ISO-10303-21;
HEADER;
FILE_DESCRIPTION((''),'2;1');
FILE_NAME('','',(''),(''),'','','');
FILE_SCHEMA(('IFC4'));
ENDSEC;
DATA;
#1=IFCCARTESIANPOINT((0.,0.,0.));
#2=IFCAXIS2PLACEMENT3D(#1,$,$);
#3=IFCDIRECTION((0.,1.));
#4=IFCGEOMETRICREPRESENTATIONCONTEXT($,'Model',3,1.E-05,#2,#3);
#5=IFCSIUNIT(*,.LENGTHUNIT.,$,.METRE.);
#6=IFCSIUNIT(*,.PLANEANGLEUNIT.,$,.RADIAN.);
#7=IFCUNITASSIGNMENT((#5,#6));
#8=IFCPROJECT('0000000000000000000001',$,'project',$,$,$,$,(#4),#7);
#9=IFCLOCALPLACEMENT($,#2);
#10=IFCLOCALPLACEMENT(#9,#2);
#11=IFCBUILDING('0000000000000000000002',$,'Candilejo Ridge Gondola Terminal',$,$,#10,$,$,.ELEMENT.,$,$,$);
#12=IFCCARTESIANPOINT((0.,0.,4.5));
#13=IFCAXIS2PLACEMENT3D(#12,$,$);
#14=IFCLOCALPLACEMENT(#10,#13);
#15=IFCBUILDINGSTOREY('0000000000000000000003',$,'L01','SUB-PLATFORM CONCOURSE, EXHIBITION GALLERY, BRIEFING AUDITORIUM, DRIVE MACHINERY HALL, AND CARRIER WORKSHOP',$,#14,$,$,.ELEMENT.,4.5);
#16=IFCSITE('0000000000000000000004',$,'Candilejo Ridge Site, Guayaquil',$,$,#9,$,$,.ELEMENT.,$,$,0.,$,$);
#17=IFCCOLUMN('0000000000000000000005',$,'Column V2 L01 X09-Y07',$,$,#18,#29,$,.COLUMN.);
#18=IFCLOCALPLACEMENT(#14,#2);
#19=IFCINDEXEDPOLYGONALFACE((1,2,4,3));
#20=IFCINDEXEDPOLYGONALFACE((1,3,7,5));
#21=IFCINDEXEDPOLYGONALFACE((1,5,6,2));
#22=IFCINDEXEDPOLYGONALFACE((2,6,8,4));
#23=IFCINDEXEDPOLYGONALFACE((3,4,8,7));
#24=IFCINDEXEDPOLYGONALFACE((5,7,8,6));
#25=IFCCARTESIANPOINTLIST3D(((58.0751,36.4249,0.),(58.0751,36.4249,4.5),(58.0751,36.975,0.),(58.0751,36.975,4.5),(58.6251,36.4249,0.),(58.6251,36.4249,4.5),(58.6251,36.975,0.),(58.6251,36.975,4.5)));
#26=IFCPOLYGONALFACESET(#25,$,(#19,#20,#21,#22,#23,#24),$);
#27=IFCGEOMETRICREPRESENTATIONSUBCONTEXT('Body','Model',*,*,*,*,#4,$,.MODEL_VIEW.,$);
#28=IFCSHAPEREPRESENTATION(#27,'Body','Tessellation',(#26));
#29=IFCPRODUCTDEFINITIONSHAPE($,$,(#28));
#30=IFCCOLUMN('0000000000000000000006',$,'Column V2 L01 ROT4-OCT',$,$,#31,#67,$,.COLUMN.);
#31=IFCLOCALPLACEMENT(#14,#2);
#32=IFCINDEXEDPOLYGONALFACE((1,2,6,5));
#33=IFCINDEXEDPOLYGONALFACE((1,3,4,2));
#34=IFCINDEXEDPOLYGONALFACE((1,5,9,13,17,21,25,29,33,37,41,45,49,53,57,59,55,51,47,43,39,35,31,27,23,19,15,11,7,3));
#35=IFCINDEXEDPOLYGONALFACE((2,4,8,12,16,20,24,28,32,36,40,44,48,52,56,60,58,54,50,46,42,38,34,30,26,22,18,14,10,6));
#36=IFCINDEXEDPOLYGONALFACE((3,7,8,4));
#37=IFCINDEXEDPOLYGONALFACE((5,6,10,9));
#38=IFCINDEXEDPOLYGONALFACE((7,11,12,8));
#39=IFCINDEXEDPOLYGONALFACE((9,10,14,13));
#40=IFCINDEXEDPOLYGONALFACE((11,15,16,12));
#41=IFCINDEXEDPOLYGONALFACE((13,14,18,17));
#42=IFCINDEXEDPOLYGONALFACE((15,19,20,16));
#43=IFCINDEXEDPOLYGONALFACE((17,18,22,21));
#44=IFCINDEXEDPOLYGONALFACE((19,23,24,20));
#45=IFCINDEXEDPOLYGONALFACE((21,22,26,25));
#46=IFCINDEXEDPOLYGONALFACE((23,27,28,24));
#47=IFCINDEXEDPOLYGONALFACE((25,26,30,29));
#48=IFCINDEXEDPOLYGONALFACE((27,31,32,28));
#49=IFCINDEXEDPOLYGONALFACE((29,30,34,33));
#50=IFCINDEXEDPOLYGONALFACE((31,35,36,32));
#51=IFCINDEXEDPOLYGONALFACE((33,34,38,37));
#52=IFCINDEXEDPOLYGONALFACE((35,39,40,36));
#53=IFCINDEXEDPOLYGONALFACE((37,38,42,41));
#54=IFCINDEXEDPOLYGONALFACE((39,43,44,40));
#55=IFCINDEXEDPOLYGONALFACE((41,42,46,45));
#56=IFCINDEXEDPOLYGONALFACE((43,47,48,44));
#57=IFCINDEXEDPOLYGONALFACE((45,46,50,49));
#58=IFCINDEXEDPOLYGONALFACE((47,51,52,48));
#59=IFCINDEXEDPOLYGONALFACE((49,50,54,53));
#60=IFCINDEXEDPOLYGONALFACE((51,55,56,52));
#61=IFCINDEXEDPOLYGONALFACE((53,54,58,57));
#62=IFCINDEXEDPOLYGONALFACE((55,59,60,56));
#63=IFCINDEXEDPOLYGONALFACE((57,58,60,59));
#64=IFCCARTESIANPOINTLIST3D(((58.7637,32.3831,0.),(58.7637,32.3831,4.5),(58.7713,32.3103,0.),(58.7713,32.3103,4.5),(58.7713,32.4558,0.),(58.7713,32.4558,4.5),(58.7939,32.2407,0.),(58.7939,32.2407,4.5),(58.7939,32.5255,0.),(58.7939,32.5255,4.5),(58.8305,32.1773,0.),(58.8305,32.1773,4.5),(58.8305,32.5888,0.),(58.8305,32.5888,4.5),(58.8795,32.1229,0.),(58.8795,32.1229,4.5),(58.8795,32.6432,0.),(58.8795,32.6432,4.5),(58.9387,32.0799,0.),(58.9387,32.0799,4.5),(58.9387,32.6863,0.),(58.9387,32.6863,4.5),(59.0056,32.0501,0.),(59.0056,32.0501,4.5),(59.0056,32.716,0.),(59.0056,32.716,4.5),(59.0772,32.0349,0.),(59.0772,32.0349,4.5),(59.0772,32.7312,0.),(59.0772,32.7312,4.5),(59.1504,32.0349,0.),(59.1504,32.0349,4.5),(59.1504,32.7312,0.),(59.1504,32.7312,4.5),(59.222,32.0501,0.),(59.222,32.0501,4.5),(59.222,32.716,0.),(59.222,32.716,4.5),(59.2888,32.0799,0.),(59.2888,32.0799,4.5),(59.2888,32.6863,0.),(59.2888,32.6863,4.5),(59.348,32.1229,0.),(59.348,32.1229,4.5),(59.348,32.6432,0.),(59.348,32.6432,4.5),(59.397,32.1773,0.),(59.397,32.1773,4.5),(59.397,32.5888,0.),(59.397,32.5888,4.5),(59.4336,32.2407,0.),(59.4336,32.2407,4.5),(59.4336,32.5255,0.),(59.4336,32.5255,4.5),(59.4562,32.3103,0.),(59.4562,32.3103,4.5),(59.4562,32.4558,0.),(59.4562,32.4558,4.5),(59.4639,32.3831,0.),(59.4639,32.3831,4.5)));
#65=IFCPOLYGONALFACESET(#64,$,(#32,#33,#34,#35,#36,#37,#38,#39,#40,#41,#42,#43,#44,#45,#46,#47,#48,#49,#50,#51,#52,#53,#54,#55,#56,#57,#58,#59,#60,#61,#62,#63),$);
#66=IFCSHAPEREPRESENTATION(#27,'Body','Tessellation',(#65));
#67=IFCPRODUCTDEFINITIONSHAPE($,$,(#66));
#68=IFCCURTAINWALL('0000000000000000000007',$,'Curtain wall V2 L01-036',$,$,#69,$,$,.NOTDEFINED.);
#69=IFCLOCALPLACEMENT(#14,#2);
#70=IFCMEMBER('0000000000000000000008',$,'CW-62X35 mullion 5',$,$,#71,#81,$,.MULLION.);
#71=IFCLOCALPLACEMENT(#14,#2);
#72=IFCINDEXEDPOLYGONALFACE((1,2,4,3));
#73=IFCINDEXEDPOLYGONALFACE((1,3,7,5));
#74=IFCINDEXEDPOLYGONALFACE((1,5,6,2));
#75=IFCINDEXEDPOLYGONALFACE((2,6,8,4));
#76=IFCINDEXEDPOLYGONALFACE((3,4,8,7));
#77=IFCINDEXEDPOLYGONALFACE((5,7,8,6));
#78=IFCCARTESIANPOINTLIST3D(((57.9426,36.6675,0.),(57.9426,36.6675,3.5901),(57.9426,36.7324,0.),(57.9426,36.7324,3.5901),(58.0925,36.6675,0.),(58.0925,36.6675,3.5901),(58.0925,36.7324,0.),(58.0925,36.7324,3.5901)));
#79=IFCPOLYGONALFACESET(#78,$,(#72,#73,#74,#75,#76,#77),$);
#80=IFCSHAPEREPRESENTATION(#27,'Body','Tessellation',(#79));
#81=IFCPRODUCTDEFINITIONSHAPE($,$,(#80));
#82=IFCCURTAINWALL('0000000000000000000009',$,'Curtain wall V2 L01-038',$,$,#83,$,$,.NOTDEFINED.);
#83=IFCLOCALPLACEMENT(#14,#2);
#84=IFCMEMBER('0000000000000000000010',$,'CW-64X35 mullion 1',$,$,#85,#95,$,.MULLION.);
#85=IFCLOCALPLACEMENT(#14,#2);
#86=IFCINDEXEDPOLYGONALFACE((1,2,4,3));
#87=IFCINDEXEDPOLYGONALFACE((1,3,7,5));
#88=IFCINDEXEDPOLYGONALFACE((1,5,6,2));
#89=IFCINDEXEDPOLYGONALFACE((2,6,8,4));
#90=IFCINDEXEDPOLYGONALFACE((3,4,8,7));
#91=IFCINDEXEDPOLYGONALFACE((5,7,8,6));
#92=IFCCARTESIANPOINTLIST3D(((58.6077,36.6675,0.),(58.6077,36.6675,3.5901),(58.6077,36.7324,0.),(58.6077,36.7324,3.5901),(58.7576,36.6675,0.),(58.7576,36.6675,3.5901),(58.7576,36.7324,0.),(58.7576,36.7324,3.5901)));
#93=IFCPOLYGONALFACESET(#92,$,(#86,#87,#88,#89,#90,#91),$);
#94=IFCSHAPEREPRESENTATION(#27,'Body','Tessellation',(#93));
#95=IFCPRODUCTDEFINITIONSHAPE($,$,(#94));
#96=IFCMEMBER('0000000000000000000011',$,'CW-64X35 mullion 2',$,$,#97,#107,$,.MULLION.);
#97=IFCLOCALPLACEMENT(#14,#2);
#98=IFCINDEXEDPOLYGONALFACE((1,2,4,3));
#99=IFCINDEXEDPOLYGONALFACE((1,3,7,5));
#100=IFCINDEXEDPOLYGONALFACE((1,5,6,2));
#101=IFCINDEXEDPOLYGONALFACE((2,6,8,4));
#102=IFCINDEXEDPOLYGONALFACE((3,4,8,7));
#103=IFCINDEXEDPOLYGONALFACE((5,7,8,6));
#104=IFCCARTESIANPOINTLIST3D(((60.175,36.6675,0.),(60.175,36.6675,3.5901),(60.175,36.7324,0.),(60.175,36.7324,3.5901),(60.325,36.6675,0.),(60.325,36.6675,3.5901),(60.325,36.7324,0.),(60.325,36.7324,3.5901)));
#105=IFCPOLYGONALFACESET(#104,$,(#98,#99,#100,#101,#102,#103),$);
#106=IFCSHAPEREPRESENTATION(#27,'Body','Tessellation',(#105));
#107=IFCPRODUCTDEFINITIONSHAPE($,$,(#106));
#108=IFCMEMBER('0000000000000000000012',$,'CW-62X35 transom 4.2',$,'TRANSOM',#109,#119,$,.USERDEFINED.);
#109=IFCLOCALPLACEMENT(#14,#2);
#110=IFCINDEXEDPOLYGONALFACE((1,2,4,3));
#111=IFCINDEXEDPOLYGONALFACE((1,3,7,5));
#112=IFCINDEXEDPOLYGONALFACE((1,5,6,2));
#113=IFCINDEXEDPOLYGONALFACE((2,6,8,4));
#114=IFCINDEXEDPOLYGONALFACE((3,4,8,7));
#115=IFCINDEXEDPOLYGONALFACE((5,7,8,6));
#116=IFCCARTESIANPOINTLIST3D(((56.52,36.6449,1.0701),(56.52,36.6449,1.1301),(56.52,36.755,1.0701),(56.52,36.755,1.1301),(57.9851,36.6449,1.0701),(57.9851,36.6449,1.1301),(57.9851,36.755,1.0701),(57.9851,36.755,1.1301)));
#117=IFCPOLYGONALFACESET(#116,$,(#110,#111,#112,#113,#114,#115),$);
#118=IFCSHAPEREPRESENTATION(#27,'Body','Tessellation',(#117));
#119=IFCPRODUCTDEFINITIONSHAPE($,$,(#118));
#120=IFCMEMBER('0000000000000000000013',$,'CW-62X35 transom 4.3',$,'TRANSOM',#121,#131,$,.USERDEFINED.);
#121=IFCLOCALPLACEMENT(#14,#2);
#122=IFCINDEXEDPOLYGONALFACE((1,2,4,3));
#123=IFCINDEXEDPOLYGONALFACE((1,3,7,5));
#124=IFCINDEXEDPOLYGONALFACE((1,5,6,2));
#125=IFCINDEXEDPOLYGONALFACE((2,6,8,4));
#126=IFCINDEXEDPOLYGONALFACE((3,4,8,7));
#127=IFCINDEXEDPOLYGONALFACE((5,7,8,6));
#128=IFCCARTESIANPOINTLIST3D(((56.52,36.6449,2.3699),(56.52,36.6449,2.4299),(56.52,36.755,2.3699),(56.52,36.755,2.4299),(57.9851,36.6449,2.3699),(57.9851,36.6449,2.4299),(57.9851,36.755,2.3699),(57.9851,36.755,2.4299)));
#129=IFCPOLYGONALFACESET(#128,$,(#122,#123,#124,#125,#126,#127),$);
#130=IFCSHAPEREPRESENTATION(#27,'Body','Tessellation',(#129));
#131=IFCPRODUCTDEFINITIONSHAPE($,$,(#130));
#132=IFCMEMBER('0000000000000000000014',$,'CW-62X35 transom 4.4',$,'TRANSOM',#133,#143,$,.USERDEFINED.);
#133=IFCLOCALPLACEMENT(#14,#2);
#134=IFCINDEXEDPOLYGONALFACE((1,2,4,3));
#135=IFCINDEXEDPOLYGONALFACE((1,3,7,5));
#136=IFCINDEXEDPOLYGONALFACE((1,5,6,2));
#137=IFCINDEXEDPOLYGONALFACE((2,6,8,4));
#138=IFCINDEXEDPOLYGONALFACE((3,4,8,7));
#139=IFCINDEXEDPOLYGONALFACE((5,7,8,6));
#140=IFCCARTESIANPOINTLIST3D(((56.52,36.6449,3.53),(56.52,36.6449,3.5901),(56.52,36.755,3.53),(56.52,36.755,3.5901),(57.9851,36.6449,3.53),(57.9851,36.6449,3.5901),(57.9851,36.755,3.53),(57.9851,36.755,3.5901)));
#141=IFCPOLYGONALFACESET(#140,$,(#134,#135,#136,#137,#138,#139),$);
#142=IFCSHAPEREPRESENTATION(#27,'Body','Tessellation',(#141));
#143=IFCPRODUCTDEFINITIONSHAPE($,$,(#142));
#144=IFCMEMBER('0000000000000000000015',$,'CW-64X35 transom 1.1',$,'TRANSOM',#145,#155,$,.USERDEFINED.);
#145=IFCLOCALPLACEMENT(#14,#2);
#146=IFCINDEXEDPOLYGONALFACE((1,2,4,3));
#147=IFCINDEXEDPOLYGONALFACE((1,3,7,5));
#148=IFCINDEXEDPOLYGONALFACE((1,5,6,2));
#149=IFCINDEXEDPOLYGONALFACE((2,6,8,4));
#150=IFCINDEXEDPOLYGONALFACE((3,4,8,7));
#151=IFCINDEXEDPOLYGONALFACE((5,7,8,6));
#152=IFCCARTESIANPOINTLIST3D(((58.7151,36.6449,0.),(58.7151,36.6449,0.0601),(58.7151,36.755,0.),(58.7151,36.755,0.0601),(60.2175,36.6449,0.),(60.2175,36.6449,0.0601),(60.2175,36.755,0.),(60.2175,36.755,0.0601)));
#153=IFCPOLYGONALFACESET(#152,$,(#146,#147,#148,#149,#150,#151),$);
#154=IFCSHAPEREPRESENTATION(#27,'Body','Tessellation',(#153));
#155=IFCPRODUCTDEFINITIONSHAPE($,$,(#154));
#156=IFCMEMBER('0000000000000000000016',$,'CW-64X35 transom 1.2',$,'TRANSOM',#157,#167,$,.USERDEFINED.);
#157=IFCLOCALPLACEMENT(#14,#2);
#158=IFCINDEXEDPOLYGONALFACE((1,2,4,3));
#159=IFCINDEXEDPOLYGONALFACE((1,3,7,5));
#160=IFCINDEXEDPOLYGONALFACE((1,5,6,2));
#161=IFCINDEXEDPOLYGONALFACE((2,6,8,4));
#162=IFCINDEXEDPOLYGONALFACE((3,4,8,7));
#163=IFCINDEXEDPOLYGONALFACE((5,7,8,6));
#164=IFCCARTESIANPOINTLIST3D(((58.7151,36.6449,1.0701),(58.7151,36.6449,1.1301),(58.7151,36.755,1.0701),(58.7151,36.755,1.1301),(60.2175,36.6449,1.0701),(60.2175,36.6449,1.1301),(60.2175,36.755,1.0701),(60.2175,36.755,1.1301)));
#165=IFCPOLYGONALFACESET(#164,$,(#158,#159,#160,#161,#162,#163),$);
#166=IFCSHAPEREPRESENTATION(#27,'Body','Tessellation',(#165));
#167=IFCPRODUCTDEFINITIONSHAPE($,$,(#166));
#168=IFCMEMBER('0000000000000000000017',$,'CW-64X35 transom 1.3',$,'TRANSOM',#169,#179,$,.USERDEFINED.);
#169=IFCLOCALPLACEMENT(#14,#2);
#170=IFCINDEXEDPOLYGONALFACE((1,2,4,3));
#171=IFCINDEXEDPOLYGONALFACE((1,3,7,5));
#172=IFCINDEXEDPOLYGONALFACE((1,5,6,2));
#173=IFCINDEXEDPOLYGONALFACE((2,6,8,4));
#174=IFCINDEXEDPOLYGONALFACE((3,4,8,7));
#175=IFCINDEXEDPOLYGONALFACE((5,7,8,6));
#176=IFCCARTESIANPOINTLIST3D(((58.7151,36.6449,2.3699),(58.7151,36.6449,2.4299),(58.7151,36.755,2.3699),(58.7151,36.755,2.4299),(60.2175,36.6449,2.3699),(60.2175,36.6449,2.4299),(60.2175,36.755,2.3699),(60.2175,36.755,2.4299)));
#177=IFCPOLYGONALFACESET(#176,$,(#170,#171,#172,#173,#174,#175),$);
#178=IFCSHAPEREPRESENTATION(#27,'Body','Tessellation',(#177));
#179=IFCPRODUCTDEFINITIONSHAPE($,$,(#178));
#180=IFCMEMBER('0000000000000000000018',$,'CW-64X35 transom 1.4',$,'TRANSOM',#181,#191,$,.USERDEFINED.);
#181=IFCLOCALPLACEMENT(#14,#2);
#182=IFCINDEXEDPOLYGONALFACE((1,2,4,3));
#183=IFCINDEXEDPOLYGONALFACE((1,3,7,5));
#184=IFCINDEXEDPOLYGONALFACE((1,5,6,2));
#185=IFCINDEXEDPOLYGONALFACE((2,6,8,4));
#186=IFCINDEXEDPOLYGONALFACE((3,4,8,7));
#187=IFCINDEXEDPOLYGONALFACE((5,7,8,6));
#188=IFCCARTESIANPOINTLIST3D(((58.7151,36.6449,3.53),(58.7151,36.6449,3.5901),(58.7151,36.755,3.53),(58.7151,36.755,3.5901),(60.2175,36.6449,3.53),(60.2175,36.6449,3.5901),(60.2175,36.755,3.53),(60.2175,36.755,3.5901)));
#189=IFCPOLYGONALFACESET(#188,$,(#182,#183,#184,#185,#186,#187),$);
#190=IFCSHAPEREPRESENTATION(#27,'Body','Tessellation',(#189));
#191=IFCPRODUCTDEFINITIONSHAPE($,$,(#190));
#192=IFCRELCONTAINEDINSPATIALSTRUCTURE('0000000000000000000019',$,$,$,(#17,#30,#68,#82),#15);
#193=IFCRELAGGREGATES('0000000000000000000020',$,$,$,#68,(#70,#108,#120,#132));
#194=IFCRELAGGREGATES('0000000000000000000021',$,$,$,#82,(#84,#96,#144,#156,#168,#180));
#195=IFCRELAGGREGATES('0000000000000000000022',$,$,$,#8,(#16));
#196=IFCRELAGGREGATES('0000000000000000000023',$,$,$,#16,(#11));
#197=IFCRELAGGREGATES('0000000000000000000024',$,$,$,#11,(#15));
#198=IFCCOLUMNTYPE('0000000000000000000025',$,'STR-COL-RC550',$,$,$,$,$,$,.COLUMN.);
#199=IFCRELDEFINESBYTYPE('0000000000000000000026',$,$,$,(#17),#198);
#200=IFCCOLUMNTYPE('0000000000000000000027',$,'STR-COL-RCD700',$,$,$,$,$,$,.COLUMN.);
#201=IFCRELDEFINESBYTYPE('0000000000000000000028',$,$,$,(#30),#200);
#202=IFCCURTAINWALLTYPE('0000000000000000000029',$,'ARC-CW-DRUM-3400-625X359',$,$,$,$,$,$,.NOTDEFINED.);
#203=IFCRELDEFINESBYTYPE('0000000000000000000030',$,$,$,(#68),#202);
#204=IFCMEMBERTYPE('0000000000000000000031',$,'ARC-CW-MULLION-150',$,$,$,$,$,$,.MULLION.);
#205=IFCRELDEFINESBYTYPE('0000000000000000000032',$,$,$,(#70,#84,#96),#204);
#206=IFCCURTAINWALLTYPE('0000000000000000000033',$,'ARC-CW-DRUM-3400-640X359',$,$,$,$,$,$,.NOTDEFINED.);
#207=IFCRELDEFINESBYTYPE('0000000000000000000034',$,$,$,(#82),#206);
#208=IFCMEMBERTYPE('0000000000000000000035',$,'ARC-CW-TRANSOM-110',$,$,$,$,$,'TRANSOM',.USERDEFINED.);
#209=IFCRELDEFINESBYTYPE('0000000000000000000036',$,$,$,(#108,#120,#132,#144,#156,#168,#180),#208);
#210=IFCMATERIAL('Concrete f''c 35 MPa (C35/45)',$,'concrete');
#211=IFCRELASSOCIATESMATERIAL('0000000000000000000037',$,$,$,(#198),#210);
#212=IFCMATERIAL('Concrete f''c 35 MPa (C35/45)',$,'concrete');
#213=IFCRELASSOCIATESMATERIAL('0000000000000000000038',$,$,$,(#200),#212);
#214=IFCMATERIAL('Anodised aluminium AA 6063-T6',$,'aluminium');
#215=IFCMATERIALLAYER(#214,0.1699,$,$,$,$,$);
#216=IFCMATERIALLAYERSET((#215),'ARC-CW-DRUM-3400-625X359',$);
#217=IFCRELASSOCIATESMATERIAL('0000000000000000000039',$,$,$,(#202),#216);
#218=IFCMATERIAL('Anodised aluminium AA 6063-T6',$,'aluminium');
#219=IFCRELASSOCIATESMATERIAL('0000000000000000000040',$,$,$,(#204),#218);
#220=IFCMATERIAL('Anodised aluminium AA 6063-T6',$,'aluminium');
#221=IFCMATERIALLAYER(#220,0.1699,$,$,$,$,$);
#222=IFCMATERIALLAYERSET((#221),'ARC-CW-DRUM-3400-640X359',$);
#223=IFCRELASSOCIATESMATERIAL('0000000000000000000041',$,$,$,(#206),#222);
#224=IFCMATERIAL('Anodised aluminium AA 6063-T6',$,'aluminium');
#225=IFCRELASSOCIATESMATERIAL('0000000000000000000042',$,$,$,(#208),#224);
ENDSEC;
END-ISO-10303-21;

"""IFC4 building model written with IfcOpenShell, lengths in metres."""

from ifc_helpers import new_model, si_unit, direction, frame, origin, origin_2d, place, context, subcontext, project, spatial, rectangle, circle, extrude, material, layer, layer_set, material_profile, profile_set, type_object, element, aggregate, save


model = new_model("IFC4")

# Units and contexts
model_context = context("Model", 3, precision=1e-05, world=origin(), true_north=direction((0.0, 1.0)))
body_context = subcontext(model_context, "Body", "Model", "MODEL_VIEW")
ifc_project = project(units=[si_unit("LENGTHUNIT", "METRE"), si_unit("PLANEANGLEUNIT", "RADIAN")], contexts=[model_context])

# Site, building, storey
site_placement = place(None, origin())
site = spatial("IfcSite", under=ifc_project, at=site_placement, Name="Candilejo Ridge Site, Guayaquil", CompositionType="ELEMENT", RefElevation=0.0)
building_placement = place(site_placement, origin())
building = spatial("IfcBuilding", under=site, at=building_placement, Name="Candilejo Ridge Gondola Terminal", CompositionType="ELEMENT")
storey_placement = place(building_placement, frame((0.0, 0.0, 4.5)))
storey = spatial("IfcBuildingStorey", under=building, at=storey_placement, Name="L01", Description="SUB-PLATFORM CONCOURSE, EXHIBITION GALLERY, BRIEFING AUDITORIUM, DRIVE MACHINERY HALL, AND CARRIER WORKSHOP", CompositionType="ELEMENT", Elevation=4.5)

# Columns
ifc_material_1 = material(Name="Concrete f'c 35 MPa (C35/45)", Category="concrete")
ifc_material_profile_1 = material_profile(ifc_material_1, rectangle(XDim=0.55, YDim=0.55, at=origin_2d()))
ifc_profile_set_1 = profile_set([ifc_material_profile_1], Name="Concrete f'c 35 MPa (C35/45)")
column_type_1 = type_object("IfcColumnType", Name="STR-COL-RC550", PredefinedType="COLUMN", material=ifc_profile_set_1)
column_1_placement = place(storey_placement, frame((58.3501, 36.7, 0.0), z_axis=(0.0, 0.0, 1.0), x_axis=(1.0, 0.0, 0.0)))
element("IfcColumn", 1, at=column_1_placement, inside=storey, type_object=column_type_1, Name="Column V2 L01 X09-Y07", PredefinedType="COLUMN", context=body_context, shape_type="SweptSolid", body=[
    extrude(rectangle(XDim=0.55, YDim=0.55, at=origin_2d()), origin(), (0.0, 0.0, 1.0), 4.5),
])
ifc_material_2 = material(Name="Concrete f'c 35 MPa (C35/45)", Category="concrete")
ifc_material_profile_2 = material_profile(ifc_material_2, circle(Radius=0.3501, at=origin_2d()))
ifc_profile_set_2 = profile_set([ifc_material_profile_2], Name="Concrete f'c 35 MPa (C35/45)")
column_type_2 = type_object("IfcColumnType", Name="STR-COL-RCD700", PredefinedType="COLUMN", material=ifc_profile_set_2)
column_2_placement = place(storey_placement, frame((59.1138, 32.3831, 0.0), z_axis=(0.0, 0.0, 1.0), x_axis=(1.0, 0.0, 0.0)))
element("IfcColumn", 2, at=column_2_placement, inside=storey, type_object=column_type_2, Name="Column V2 L01 ROT4-OCT", PredefinedType="COLUMN", context=body_context, shape_type="SweptSolid", body=[
    extrude(circle(Radius=0.3501, at=origin_2d()), origin(), (0.0, 0.0, 1.0), 4.5),
])

# Curtain wall, member
ifc_material_3 = material(Name="Anodised aluminium AA 6063-T6", Category="aluminium")
ifc_layer_1 = layer(ifc_material_3, 0.1699)
ifc_layer_set_1 = layer_set([ifc_layer_1], Name="ARC-CW-DRUM-3400-625X359")
curtain_wall_type_1 = type_object("IfcCurtainWallType", Name="ARC-CW-DRUM-3400-625X359", PredefinedType="NOTDEFINED", material=ifc_layer_set_1)
curtain_wall_1_placement = place(storey_placement, origin())
curtain_wall_1 = element("IfcCurtainWall", 3, at=curtain_wall_1_placement, inside=storey, type_object=curtain_wall_type_1, Name="Curtain wall V2 L01-036", PredefinedType="NOTDEFINED")
ifc_material_4 = material(Name="Anodised aluminium AA 6063-T6", Category="aluminium")
ifc_material_profile_3 = material_profile(ifc_material_4, rectangle(XDim=0.0649, YDim=0.1499, at=origin_2d()))
ifc_profile_set_3 = profile_set([ifc_material_profile_3], Name="Anodised aluminium AA 6063-T6")
member_type_1 = type_object("IfcMemberType", Name="ARC-CW-MULLION-150", PredefinedType="MULLION", material=ifc_profile_set_3)
member_1_placement = place(storey_placement, frame((58.0176, 36.7, 0.0), z_axis=(0.0, 0.0, 1.0), x_axis=(0.0, 1.0, 0.0)))
member_1 = element("IfcMember", 4, at=member_1_placement, type_object=member_type_1, Name="CW-62X35 mullion 5", PredefinedType="MULLION", context=body_context, shape_type="SweptSolid", body=[
    extrude(rectangle(XDim=0.0649, YDim=0.1499, at=origin_2d()), origin(), (0.0, 0.0, 1.0), 3.5901),
])

# Curtain wall, members
ifc_material_5 = material(Name="Anodised aluminium AA 6063-T6", Category="aluminium")
ifc_layer_2 = layer(ifc_material_5, 0.1699)
ifc_layer_set_2 = layer_set([ifc_layer_2], Name="ARC-CW-DRUM-3400-640X359")
curtain_wall_type_2 = type_object("IfcCurtainWallType", Name="ARC-CW-DRUM-3400-640X359", PredefinedType="NOTDEFINED", material=ifc_layer_set_2)
curtain_wall_2_placement = place(storey_placement, origin())
curtain_wall_2 = element("IfcCurtainWall", 5, at=curtain_wall_2_placement, inside=storey, type_object=curtain_wall_type_2, Name="Curtain wall V2 L01-038", PredefinedType="NOTDEFINED")
member_2_placement = place(storey_placement, frame((58.6826, 36.7, 0.0), z_axis=(0.0, 0.0, 1.0), x_axis=(0.0, 1.0, 0.0)))
member_2 = element("IfcMember", 6, at=member_2_placement, type_object=member_type_1, Name="CW-64X35 mullion 1", PredefinedType="MULLION", context=body_context, shape_type="SweptSolid", body=[
    extrude(rectangle(XDim=0.0649, YDim=0.1499, at=origin_2d()), origin(), (0.0, 0.0, 1.0), 3.5901),
])
member_3_placement = place(storey_placement, frame((60.25, 36.7, 0.0), z_axis=(0.0, 0.0, 1.0), x_axis=(0.0, 1.0, 0.0)))
member_3 = element("IfcMember", 7, at=member_3_placement, type_object=member_type_1, Name="CW-64X35 mullion 2", PredefinedType="MULLION", context=body_context, shape_type="SweptSolid", body=[
    extrude(rectangle(XDim=0.0649, YDim=0.1499, at=origin_2d()), origin(), (0.0, 0.0, 1.0), 3.5901),
])

# Members
ifc_material_6 = material(Name="Anodised aluminium AA 6063-T6", Category="aluminium")
ifc_material_profile_4 = material_profile(ifc_material_6, rectangle(XDim=0.1101, YDim=0.0601, at=origin_2d()))
ifc_profile_set_4 = profile_set([ifc_material_profile_4], Name="Anodised aluminium AA 6063-T6")
member_type_2 = type_object("IfcMemberType", Name="ARC-CW-TRANSOM-110", ElementType="TRANSOM", PredefinedType="USERDEFINED", material=ifc_profile_set_4)
member_4_placement = place(storey_placement, frame((56.52, 36.7, 1.1001), z_axis=(1.0, 0.0, 0.0), x_axis=(0.0, 1.0, 0.0)))
member_4 = element("IfcMember", 8, at=member_4_placement, type_object=member_type_2, Name="CW-62X35 transom 4.2", ObjectType="TRANSOM", PredefinedType="USERDEFINED", context=body_context, shape_type="SweptSolid", body=[
    extrude(rectangle(XDim=0.1101, YDim=0.0601, at=origin_2d()), origin(), (0.0, 0.0, 1.0), 1.4651),
])
member_5_placement = place(storey_placement, frame((56.52, 36.7, 2.3999), z_axis=(1.0, 0.0, 0.0), x_axis=(0.0, 1.0, 0.0)))
member_5 = element("IfcMember", 9, at=member_5_placement, type_object=member_type_2, Name="CW-62X35 transom 4.3", ObjectType="TRANSOM", PredefinedType="USERDEFINED", context=body_context, shape_type="SweptSolid", body=[
    extrude(rectangle(XDim=0.1101, YDim=0.0601, at=origin_2d()), origin(), (0.0, 0.0, 1.0), 1.4651),
])
member_6_placement = place(storey_placement, frame((56.52, 36.7, 3.5601), z_axis=(1.0, 0.0, 0.0), x_axis=(0.0, 1.0, 0.0)))
member_6 = element("IfcMember", 10, at=member_6_placement, type_object=member_type_2, Name="CW-62X35 transom 4.4", ObjectType="TRANSOM", PredefinedType="USERDEFINED", context=body_context, shape_type="SweptSolid", body=[
    extrude(rectangle(XDim=0.1101, YDim=0.0601, at=origin_2d()), origin(), (0.0, 0.0, 1.0), 1.4651),
])
member_7_placement = place(storey_placement, frame((58.7151, 36.7, 0.03), z_axis=(1.0, 0.0, 0.0), x_axis=(0.0, 1.0, 0.0)))
member_7 = element("IfcMember", 11, at=member_7_placement, type_object=member_type_2, Name="CW-64X35 transom 1.1", ObjectType="TRANSOM", PredefinedType="USERDEFINED", context=body_context, shape_type="SweptSolid", body=[
    extrude(rectangle(XDim=0.1101, YDim=0.0601, at=origin_2d()), origin(), (0.0, 0.0, 1.0), 1.5024),
])
member_8_placement = place(storey_placement, frame((58.7151, 36.7, 1.1001), z_axis=(1.0, 0.0, 0.0), x_axis=(0.0, 1.0, 0.0)))
member_8 = element("IfcMember", 12, at=member_8_placement, type_object=member_type_2, Name="CW-64X35 transom 1.2", ObjectType="TRANSOM", PredefinedType="USERDEFINED", context=body_context, shape_type="SweptSolid", body=[
    extrude(rectangle(XDim=0.1101, YDim=0.0601, at=origin_2d()), origin(), (0.0, 0.0, 1.0), 1.5024),
])
member_9_placement = place(storey_placement, frame((58.7151, 36.7, 2.3999), z_axis=(1.0, 0.0, 0.0), x_axis=(0.0, 1.0, 0.0)))
member_9 = element("IfcMember", 13, at=member_9_placement, type_object=member_type_2, Name="CW-64X35 transom 1.3", ObjectType="TRANSOM", PredefinedType="USERDEFINED", context=body_context, shape_type="SweptSolid", body=[
    extrude(rectangle(XDim=0.1101, YDim=0.0601, at=origin_2d()), origin(), (0.0, 0.0, 1.0), 1.5024),
])
member_10_placement = place(storey_placement, frame((58.7151, 36.7, 3.5601), z_axis=(1.0, 0.0, 0.0), x_axis=(0.0, 1.0, 0.0)))
member_10 = element("IfcMember", 14, at=member_10_placement, type_object=member_type_2, Name="CW-64X35 transom 1.4", ObjectType="TRANSOM", PredefinedType="USERDEFINED", context=body_context, shape_type="SweptSolid", body=[
    extrude(rectangle(XDim=0.1101, YDim=0.0601, at=origin_2d()), origin(), (0.0, 0.0, 1.0), 1.5024),
])

aggregate(curtain_wall_1, [member_1, member_4, member_5, member_6])
aggregate(curtain_wall_2, [member_2, member_3, member_7, member_8, member_9, member_10])

save(model, "model.ifc")
